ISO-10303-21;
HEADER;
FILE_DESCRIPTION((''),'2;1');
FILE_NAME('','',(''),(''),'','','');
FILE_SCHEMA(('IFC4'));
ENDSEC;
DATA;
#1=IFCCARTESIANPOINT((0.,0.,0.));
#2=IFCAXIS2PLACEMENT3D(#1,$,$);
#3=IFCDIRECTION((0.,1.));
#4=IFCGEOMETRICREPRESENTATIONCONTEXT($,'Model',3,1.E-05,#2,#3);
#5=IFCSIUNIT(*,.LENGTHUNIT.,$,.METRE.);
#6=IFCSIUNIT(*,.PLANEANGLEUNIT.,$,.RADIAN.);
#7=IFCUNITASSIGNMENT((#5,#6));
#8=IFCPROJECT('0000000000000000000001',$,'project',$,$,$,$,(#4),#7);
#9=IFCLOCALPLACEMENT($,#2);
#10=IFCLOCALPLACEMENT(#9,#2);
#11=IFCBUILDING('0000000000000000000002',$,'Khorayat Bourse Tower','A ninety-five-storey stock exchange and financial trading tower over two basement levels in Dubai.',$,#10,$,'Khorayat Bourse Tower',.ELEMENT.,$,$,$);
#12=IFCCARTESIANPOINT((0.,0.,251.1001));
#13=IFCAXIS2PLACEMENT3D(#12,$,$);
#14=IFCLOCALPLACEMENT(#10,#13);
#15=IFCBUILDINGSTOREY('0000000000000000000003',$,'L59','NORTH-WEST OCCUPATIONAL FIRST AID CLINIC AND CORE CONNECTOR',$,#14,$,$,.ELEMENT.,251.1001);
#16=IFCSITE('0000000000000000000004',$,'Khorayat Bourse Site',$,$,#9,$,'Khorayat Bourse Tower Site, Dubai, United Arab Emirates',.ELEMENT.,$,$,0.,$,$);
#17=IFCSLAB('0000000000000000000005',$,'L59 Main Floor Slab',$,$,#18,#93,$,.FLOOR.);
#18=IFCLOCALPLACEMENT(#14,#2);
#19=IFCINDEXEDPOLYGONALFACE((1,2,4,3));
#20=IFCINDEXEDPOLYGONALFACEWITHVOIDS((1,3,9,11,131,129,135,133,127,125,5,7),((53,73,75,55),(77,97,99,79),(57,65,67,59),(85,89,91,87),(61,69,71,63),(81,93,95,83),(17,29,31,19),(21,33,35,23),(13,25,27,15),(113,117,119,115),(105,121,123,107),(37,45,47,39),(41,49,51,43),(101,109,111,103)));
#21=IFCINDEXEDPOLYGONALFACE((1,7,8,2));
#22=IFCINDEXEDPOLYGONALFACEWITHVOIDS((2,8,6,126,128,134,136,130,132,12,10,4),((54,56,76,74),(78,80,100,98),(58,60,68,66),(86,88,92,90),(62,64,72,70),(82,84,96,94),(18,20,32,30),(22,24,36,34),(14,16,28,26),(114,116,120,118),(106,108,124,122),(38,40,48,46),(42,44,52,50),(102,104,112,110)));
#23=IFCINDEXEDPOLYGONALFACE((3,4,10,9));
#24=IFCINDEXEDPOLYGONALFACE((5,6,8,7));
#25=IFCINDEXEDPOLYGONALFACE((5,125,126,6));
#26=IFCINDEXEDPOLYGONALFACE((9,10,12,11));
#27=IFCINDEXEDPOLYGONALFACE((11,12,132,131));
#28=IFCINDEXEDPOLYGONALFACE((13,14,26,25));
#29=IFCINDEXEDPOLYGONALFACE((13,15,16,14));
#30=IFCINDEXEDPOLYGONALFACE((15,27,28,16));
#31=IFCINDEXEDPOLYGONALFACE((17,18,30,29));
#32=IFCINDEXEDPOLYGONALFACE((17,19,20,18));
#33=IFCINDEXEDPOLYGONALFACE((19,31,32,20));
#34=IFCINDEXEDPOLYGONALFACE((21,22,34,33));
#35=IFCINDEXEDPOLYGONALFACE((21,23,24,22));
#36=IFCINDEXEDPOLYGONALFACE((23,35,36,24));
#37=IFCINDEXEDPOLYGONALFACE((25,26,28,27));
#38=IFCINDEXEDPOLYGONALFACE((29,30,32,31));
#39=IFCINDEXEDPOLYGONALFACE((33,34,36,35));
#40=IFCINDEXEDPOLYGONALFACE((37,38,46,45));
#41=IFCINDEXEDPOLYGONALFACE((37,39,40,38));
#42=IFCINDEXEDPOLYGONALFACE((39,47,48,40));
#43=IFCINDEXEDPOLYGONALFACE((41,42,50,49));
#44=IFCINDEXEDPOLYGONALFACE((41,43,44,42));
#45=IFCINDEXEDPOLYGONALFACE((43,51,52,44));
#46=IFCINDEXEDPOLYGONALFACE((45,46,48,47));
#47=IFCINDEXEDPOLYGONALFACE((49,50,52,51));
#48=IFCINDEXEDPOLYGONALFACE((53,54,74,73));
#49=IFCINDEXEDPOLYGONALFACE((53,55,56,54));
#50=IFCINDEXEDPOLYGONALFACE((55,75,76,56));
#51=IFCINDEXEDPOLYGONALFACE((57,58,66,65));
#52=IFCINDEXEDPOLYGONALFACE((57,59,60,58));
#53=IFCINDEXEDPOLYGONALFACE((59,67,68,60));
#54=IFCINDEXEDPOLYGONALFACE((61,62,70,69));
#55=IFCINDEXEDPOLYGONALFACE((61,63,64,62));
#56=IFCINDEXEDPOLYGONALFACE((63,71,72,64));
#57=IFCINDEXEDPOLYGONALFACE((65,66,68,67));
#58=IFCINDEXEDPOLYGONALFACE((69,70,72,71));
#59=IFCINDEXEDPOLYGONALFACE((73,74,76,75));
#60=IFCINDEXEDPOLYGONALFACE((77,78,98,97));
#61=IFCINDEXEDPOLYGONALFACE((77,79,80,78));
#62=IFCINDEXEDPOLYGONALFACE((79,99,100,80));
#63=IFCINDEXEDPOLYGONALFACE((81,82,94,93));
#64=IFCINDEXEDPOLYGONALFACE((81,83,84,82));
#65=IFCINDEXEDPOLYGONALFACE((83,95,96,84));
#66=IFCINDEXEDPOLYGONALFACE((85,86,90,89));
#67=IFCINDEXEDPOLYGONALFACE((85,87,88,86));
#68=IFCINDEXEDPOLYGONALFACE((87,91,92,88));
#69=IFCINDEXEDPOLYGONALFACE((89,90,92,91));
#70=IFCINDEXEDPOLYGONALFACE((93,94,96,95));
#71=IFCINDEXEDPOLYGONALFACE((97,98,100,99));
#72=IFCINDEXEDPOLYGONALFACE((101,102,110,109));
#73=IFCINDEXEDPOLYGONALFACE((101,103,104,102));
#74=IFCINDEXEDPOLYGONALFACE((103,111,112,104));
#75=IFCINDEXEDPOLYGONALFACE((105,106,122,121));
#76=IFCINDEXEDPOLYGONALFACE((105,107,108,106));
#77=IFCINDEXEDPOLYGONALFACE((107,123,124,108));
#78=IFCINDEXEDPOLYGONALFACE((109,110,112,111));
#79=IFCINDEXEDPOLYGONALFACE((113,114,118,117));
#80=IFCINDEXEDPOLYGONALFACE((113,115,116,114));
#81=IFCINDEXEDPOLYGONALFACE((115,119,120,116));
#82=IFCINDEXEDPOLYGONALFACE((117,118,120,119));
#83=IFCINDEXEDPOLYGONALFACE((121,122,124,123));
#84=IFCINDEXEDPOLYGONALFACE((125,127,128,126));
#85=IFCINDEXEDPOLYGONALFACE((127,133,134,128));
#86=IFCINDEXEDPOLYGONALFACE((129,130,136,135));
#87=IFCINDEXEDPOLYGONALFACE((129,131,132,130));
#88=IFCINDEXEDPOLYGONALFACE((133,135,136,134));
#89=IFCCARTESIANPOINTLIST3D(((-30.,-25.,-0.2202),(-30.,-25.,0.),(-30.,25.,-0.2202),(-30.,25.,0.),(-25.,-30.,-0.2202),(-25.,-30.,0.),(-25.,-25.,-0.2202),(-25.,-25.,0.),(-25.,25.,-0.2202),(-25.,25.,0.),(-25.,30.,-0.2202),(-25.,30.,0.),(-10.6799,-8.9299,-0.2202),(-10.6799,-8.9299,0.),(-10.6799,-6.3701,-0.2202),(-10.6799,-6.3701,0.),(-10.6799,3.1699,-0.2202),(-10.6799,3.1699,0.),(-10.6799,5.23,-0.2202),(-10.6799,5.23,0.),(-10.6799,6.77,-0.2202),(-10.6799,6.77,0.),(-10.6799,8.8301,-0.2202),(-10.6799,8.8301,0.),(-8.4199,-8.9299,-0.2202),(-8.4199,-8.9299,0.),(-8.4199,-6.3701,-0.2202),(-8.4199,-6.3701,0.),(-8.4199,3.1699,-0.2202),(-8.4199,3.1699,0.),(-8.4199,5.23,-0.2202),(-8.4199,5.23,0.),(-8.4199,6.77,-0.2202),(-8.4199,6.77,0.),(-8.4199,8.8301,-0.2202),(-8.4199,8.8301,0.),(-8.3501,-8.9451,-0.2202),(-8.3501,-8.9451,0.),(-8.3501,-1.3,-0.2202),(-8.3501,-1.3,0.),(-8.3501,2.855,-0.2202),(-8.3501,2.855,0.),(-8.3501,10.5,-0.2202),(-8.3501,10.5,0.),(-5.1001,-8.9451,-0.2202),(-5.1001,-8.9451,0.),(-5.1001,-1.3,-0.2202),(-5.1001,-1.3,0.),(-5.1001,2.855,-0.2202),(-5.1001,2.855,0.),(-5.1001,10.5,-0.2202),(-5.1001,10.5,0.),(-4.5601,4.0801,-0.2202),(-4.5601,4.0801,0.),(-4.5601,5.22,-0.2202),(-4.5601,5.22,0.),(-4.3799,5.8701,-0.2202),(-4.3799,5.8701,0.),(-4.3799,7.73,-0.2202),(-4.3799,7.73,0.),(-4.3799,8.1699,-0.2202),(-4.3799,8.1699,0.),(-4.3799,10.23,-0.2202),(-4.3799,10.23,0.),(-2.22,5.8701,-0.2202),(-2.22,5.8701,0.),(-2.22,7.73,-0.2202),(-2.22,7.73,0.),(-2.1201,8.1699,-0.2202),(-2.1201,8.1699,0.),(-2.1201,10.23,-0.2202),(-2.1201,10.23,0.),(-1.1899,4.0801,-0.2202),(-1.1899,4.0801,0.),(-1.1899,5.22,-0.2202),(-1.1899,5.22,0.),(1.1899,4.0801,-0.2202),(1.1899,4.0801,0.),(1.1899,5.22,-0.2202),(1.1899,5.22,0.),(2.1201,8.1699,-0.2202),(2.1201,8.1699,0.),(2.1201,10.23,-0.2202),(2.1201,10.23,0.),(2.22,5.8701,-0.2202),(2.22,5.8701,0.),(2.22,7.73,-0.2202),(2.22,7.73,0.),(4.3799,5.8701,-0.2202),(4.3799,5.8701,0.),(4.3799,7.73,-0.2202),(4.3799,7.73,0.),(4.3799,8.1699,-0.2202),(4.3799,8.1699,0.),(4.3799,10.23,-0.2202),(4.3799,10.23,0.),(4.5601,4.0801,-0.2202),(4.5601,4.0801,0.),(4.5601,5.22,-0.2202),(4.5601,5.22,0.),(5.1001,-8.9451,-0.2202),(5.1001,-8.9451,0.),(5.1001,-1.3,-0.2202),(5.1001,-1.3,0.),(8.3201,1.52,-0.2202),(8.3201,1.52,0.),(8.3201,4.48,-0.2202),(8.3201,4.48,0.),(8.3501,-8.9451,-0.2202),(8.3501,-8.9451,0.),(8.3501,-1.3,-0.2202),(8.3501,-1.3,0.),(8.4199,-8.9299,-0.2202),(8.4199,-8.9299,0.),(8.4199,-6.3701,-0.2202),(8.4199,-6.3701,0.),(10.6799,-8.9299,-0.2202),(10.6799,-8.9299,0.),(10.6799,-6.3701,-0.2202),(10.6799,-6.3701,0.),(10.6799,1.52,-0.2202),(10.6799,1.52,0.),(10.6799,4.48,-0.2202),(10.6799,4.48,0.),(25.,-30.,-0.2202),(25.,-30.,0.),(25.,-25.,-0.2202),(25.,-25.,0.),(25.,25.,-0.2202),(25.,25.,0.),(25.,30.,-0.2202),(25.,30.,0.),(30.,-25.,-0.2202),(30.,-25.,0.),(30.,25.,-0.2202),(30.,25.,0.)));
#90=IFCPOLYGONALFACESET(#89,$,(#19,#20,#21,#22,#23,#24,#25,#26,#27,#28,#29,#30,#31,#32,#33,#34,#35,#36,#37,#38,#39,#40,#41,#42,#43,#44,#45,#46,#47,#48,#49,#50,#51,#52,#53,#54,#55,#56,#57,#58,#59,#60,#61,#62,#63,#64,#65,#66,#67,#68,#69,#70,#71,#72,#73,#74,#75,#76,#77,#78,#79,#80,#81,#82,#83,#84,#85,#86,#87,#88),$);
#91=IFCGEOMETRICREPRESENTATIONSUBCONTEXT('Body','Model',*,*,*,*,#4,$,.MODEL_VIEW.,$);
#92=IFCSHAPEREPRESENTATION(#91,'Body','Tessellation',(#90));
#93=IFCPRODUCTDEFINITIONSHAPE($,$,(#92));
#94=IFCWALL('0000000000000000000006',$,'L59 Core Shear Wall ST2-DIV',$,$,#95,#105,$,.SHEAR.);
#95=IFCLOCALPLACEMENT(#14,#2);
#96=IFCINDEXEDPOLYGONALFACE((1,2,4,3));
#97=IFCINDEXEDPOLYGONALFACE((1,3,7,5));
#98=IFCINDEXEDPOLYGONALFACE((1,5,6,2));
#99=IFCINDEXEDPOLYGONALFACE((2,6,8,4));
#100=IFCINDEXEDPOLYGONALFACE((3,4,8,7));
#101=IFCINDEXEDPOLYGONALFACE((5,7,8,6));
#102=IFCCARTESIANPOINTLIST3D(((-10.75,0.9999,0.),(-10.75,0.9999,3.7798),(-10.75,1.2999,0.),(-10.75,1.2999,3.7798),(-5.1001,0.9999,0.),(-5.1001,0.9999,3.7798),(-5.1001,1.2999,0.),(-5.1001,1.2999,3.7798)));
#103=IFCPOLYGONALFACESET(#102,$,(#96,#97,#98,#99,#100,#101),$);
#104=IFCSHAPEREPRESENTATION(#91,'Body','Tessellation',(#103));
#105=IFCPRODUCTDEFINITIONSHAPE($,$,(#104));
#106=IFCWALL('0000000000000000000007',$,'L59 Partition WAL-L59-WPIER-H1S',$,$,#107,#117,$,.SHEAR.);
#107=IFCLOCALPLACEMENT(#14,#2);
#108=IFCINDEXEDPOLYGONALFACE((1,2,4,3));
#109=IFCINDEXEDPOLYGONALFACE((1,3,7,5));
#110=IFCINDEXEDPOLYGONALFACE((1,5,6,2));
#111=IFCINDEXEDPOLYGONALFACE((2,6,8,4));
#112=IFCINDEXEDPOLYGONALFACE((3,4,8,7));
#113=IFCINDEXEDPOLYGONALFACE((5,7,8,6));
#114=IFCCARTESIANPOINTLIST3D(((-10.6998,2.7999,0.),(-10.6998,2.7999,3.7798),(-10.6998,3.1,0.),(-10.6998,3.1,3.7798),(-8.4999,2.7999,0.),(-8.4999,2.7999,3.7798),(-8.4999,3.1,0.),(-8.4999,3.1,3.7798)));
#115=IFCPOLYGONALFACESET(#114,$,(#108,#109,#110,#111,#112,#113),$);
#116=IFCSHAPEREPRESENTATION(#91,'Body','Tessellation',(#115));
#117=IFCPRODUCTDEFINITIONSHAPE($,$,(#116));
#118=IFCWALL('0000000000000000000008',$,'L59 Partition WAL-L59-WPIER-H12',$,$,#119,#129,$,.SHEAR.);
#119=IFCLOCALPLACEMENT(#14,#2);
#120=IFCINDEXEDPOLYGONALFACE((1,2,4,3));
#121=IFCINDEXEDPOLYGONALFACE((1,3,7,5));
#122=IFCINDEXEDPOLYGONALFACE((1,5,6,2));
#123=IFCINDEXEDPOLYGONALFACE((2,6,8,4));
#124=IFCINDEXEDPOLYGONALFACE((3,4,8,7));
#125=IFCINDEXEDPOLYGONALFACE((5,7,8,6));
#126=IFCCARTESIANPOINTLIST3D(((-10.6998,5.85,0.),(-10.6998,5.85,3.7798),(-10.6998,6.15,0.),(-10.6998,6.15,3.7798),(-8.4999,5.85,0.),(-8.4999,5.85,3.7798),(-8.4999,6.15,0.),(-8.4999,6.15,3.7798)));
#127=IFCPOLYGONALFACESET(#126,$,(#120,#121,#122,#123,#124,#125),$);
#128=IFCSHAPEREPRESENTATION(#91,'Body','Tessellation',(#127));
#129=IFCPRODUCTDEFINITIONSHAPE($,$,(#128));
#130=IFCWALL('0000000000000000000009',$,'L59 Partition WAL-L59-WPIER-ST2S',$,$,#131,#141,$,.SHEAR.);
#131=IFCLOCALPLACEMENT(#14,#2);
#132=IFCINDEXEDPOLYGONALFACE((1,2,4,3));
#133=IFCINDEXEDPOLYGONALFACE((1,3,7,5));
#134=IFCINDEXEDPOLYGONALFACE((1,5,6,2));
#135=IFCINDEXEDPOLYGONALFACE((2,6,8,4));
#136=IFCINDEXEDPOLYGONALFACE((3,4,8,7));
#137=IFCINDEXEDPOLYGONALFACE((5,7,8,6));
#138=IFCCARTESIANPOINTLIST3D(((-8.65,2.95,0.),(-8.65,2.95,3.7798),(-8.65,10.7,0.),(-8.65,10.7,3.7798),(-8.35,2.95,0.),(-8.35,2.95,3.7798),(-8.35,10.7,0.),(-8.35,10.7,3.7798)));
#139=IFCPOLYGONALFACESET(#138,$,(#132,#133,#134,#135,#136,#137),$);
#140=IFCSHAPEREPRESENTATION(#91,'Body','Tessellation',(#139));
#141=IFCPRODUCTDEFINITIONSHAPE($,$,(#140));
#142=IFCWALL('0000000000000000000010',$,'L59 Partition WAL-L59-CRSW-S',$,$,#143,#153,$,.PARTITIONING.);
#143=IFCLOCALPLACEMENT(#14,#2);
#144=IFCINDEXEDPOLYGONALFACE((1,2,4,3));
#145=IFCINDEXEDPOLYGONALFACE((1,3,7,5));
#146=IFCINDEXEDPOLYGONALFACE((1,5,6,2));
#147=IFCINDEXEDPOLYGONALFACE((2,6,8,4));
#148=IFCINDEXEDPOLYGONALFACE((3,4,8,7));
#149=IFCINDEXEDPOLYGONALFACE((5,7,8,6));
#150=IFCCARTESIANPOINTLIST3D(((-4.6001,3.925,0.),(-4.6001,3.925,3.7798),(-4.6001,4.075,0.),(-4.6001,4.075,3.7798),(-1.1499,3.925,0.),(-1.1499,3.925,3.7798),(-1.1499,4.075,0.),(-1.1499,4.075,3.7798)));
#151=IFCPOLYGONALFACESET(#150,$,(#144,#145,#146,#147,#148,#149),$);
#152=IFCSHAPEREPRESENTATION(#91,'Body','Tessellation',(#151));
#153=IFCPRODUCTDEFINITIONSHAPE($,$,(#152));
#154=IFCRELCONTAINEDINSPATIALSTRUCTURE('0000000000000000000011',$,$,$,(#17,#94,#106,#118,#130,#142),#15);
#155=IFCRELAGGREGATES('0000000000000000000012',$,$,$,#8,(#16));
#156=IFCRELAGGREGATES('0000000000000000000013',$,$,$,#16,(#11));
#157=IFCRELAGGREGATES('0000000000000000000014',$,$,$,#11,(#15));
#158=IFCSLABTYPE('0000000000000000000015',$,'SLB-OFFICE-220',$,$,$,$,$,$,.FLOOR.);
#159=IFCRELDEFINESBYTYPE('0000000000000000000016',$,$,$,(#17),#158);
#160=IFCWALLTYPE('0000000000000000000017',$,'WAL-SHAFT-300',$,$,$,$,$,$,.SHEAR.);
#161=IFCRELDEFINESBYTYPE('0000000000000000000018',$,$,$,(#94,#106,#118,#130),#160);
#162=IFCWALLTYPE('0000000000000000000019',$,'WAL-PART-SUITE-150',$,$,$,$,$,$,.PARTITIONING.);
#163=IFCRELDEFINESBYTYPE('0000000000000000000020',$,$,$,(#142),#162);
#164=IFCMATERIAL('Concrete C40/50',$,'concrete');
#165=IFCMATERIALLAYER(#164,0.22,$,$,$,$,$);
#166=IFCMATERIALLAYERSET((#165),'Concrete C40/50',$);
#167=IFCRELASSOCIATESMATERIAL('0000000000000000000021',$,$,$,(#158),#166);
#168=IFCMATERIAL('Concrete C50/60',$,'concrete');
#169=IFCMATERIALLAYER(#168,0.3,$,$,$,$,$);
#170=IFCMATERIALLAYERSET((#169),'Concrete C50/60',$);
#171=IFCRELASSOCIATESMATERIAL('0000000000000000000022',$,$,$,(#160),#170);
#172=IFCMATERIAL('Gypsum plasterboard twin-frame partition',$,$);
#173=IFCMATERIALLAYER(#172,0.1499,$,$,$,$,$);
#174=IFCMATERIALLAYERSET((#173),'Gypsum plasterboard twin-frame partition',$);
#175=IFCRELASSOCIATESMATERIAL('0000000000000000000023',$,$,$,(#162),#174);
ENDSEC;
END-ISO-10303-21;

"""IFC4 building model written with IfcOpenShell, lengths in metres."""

from ifc_helpers import new_model, si_unit, direction, frame, frame_2d, origin, place, context, subcontext, project, spatial, polyline, rectangle, outline, extrude, source, transform, mapped, material, layer, layer_set, type_object, element, save


model = new_model("IFC4")

# Units and contexts
model_context = context("Model", 3, precision=1e-05, world=origin(), true_north=direction((0.0, 1.0)))
body_context = subcontext(model_context, "Body", "Model", "MODEL_VIEW")
ifc_project = project(units=[si_unit("LENGTHUNIT", "METRE"), si_unit("PLANEANGLEUNIT", "RADIAN")], contexts=[model_context])

# Site, building, storey
site_placement = place(None, origin())
site = spatial("IfcSite", under=ifc_project, at=site_placement, Name="Khorayat Bourse Site", LongName="Khorayat Bourse Tower Site, Dubai, United Arab Emirates", CompositionType="ELEMENT", RefElevation=0.0)
building_placement = place(site_placement, origin())
building = spatial("IfcBuilding", under=site, at=building_placement, Name="Khorayat Bourse Tower", Description="A ninety-five-storey stock exchange and financial trading tower over two basement levels in Dubai.", LongName="Khorayat Bourse Tower", CompositionType="ELEMENT")
storey_placement = place(building_placement, frame((0.0, 0.0, 251.1001)))
storey = spatial("IfcBuildingStorey", under=building, at=storey_placement, Name="L59", Description="NORTH-WEST OCCUPATIONAL FIRST AID CLINIC AND CORE CONNECTOR", CompositionType="ELEMENT", Elevation=251.1001)

# Slab
ifc_material_1 = material(Name="Concrete C40/50", Category="concrete")
ifc_layer_1 = layer(ifc_material_1, 0.22)
ifc_layer_set_1 = layer_set([ifc_layer_1], Name="Concrete C40/50")
slab_type = type_object("IfcSlabType", Name="SLB-OFFICE-220", PredefinedType="FLOOR", material=ifc_layer_set_1)
slab_placement = place(storey_placement, frame((0.0, 0.0, -0.2202)))
element("IfcSlab", 1, at=slab_placement, inside=storey, type_object=slab_type, Name="L59 Main Floor Slab", PredefinedType="FLOOR", context=body_context, shape_type="SweptSolid", body=[
    extrude(outline(polyline([(-25.0, -30.0), (25.0, -30.0), (25.0, -25.0), (30.0, -25.0), (30.0, 25.0), (25.0, 25.0), (25.0, 30.0), (-25.0, 30.0), (-25.0, 25.0), (-30.0, 25.0), (-30.0, -25.0), (-25.0, -25.0), (-25.0, -30.0)]), holes=[polyline([(-8.3501, -8.9451), (-5.1001, -8.9451), (-5.1001, -1.3), (-8.3501, -1.3), (-8.3501, -8.9451)]), polyline([(-8.3501, 2.855), (-5.1001, 2.855), (-5.1001, 10.5), (-8.3501, 10.5), (-8.3501, 2.855)]), polyline([(5.1001, -8.9451), (8.3501, -8.9451), (8.3501, -1.3), (5.1001, -1.3), (5.1001, -8.9451)]), polyline([(-4.3799, 8.1699), (-2.1201, 8.1699), (-2.1201, 10.23), (-4.3799, 10.23), (-4.3799, 8.1699)]), polyline([(2.1201, 8.1699), (4.3799, 8.1699), (4.3799, 10.23), (2.1201, 10.23), (2.1201, 8.1699)]), polyline([(-4.3799, 5.8701), (-2.22, 5.8701), (-2.22, 7.73), (-4.3799, 7.73), (-4.3799, 5.8701)]), polyline([(2.22, 5.8701), (4.3799, 5.8701), (4.3799, 7.73), (2.22, 7.73), (2.22, 5.8701)]), polyline([(-10.6799, 3.1699), (-8.4199, 3.1699), (-8.4199, 5.23), (-10.6799, 5.23), (-10.6799, 3.1699)]), polyline([(-10.6799, 6.77), (-8.4199, 6.77), (-8.4199, 8.8301), (-10.6799, 8.8301), (-10.6799, 6.77)]), polyline([(-10.6799, -8.9299), (-8.4199, -8.9299), (-8.4199, -6.3701), (-10.6799, -6.3701), (-10.6799, -8.9299)]), polyline([(8.4199, -8.9299), (10.6799, -8.9299), (10.6799, -6.3701), (8.4199, -6.3701), (8.4199, -8.9299)]), polyline([(8.3201, 1.52), (10.6799, 1.52), (10.6799, 4.48), (8.3201, 4.48), (8.3201, 1.52)]), polyline([(-4.5601, 4.0801), (-1.1899, 4.0801), (-1.1899, 5.22), (-4.5601, 5.22), (-4.5601, 4.0801)]), polyline([(1.1899, 4.0801), (4.5601, 4.0801), (4.5601, 5.22), (1.1899, 5.22), (1.1899, 4.0801)])]), origin(), (0.0, 0.0, 1.0), 0.2202),
])

# Walls
ifc_material_2 = material(Name="Concrete C50/60", Category="concrete")
ifc_layer_2 = layer(ifc_material_2, 0.3)
ifc_layer_set_2 = layer_set([ifc_layer_2], Name="Concrete C50/60")
wall_type_1 = type_object("IfcWallType", Name="WAL-SHAFT-300", PredefinedType="SHEAR", material=ifc_layer_set_2)
shared_shape_1 = source(origin(), body_context, "Body", "SweptSolid", [
    extrude(rectangle(XDim=5.6499, YDim=0.3, at=frame_2d((2.825, 0.0))), origin(), (0.0, 0.0, 1.0), 3.7798),
])
wall_1_placement = place(storey_placement, frame((-10.75, 1.1499, 0.0), z_axis=(0.0, 0.0, 1.0), x_axis=(1.0, 0.0, 0.0)))
element("IfcWall", 2, at=wall_1_placement, inside=storey, type_object=wall_type_1, Name="L59 Core Shear Wall ST2-DIV", PredefinedType="SHEAR", context=body_context, shape_type="MappedRepresentation", body=[
    mapped(shared_shape_1, transform((0.0, 0.0, 0.0), scale=1.0)),
])
shared_shape_2 = source(origin(), body_context, "Body", "SweptSolid", [
    extrude(rectangle(XDim=2.2, YDim=0.3, at=frame_2d((1.1001, 0.0))), origin(), (0.0, 0.0, 1.0), 3.7798),
])
for number, where, z_axis, x_axis, name in (
    (3, (-10.7, 2.95, 0.0), (0.0, 0.0, 1.0), (1.0, 0.0, 0.0), "L59 Partition WAL-L59-WPIER-H1S"),
    (4, (-10.7, 6.0, 0.0), (0.0, 0.0, 1.0), (1.0, 0.0, 0.0), "L59 Partition WAL-L59-WPIER-H12"),
):
    element("IfcWall", number, at=place(storey_placement, frame(where, z_axis=z_axis, x_axis=x_axis)), inside=storey, type_object=wall_type_1, Name=name, PredefinedType="SHEAR", context=body_context, shape_type="MappedRepresentation", body=[
        mapped(shared_shape_2, transform((0.0, 0.0, 0.0), scale=1.0)),
    ])
shared_shape_3 = source(origin(), body_context, "Body", "SweptSolid", [
    extrude(rectangle(XDim=7.75, YDim=0.3, at=frame_2d((3.875, 0.0))), origin(), (0.0, 0.0, 1.0), 3.7798),
])
wall_2_placement = place(storey_placement, frame((-8.5, 2.95, 0.0), z_axis=(0.0, 0.0, 1.0), x_axis=(0.0, 1.0, 0.0)))
element("IfcWall", 5, at=wall_2_placement, inside=storey, type_object=wall_type_1, Name="L59 Partition WAL-L59-WPIER-ST2S", PredefinedType="SHEAR", context=body_context, shape_type="MappedRepresentation", body=[
    mapped(shared_shape_3, transform((0.0, 0.0, 0.0), scale=1.0)),
])
ifc_material_3 = material(Name="Gypsum plasterboard twin-frame partition")
ifc_layer_3 = layer(ifc_material_3, 0.1499)
ifc_layer_set_3 = layer_set([ifc_layer_3], Name="Gypsum plasterboard twin-frame partition")
wall_type_2 = type_object("IfcWallType", Name="WAL-PART-SUITE-150", PredefinedType="PARTITIONING", material=ifc_layer_set_3)
shared_shape_4 = source(origin(), body_context, "Body", "SweptSolid", [
    extrude(rectangle(XDim=3.4502, YDim=0.1499, at=frame_2d((1.7251, 0.0))), origin(), (0.0, 0.0, 1.0), 3.7798),
])
wall_3_placement = place(storey_placement, frame((-4.6001, 4.0, 0.0), z_axis=(0.0, 0.0, 1.0), x_axis=(1.0, 0.0, 0.0)))
element("IfcWall", 6, at=wall_3_placement, inside=storey, type_object=wall_type_2, Name="L59 Partition WAL-L59-CRSW-S", PredefinedType="PARTITIONING", context=body_context, shape_type="MappedRepresentation", body=[
    mapped(shared_shape_4, transform((0.0, 0.0, 0.0), scale=1.0)),
])

save(model, "model.ifc")
